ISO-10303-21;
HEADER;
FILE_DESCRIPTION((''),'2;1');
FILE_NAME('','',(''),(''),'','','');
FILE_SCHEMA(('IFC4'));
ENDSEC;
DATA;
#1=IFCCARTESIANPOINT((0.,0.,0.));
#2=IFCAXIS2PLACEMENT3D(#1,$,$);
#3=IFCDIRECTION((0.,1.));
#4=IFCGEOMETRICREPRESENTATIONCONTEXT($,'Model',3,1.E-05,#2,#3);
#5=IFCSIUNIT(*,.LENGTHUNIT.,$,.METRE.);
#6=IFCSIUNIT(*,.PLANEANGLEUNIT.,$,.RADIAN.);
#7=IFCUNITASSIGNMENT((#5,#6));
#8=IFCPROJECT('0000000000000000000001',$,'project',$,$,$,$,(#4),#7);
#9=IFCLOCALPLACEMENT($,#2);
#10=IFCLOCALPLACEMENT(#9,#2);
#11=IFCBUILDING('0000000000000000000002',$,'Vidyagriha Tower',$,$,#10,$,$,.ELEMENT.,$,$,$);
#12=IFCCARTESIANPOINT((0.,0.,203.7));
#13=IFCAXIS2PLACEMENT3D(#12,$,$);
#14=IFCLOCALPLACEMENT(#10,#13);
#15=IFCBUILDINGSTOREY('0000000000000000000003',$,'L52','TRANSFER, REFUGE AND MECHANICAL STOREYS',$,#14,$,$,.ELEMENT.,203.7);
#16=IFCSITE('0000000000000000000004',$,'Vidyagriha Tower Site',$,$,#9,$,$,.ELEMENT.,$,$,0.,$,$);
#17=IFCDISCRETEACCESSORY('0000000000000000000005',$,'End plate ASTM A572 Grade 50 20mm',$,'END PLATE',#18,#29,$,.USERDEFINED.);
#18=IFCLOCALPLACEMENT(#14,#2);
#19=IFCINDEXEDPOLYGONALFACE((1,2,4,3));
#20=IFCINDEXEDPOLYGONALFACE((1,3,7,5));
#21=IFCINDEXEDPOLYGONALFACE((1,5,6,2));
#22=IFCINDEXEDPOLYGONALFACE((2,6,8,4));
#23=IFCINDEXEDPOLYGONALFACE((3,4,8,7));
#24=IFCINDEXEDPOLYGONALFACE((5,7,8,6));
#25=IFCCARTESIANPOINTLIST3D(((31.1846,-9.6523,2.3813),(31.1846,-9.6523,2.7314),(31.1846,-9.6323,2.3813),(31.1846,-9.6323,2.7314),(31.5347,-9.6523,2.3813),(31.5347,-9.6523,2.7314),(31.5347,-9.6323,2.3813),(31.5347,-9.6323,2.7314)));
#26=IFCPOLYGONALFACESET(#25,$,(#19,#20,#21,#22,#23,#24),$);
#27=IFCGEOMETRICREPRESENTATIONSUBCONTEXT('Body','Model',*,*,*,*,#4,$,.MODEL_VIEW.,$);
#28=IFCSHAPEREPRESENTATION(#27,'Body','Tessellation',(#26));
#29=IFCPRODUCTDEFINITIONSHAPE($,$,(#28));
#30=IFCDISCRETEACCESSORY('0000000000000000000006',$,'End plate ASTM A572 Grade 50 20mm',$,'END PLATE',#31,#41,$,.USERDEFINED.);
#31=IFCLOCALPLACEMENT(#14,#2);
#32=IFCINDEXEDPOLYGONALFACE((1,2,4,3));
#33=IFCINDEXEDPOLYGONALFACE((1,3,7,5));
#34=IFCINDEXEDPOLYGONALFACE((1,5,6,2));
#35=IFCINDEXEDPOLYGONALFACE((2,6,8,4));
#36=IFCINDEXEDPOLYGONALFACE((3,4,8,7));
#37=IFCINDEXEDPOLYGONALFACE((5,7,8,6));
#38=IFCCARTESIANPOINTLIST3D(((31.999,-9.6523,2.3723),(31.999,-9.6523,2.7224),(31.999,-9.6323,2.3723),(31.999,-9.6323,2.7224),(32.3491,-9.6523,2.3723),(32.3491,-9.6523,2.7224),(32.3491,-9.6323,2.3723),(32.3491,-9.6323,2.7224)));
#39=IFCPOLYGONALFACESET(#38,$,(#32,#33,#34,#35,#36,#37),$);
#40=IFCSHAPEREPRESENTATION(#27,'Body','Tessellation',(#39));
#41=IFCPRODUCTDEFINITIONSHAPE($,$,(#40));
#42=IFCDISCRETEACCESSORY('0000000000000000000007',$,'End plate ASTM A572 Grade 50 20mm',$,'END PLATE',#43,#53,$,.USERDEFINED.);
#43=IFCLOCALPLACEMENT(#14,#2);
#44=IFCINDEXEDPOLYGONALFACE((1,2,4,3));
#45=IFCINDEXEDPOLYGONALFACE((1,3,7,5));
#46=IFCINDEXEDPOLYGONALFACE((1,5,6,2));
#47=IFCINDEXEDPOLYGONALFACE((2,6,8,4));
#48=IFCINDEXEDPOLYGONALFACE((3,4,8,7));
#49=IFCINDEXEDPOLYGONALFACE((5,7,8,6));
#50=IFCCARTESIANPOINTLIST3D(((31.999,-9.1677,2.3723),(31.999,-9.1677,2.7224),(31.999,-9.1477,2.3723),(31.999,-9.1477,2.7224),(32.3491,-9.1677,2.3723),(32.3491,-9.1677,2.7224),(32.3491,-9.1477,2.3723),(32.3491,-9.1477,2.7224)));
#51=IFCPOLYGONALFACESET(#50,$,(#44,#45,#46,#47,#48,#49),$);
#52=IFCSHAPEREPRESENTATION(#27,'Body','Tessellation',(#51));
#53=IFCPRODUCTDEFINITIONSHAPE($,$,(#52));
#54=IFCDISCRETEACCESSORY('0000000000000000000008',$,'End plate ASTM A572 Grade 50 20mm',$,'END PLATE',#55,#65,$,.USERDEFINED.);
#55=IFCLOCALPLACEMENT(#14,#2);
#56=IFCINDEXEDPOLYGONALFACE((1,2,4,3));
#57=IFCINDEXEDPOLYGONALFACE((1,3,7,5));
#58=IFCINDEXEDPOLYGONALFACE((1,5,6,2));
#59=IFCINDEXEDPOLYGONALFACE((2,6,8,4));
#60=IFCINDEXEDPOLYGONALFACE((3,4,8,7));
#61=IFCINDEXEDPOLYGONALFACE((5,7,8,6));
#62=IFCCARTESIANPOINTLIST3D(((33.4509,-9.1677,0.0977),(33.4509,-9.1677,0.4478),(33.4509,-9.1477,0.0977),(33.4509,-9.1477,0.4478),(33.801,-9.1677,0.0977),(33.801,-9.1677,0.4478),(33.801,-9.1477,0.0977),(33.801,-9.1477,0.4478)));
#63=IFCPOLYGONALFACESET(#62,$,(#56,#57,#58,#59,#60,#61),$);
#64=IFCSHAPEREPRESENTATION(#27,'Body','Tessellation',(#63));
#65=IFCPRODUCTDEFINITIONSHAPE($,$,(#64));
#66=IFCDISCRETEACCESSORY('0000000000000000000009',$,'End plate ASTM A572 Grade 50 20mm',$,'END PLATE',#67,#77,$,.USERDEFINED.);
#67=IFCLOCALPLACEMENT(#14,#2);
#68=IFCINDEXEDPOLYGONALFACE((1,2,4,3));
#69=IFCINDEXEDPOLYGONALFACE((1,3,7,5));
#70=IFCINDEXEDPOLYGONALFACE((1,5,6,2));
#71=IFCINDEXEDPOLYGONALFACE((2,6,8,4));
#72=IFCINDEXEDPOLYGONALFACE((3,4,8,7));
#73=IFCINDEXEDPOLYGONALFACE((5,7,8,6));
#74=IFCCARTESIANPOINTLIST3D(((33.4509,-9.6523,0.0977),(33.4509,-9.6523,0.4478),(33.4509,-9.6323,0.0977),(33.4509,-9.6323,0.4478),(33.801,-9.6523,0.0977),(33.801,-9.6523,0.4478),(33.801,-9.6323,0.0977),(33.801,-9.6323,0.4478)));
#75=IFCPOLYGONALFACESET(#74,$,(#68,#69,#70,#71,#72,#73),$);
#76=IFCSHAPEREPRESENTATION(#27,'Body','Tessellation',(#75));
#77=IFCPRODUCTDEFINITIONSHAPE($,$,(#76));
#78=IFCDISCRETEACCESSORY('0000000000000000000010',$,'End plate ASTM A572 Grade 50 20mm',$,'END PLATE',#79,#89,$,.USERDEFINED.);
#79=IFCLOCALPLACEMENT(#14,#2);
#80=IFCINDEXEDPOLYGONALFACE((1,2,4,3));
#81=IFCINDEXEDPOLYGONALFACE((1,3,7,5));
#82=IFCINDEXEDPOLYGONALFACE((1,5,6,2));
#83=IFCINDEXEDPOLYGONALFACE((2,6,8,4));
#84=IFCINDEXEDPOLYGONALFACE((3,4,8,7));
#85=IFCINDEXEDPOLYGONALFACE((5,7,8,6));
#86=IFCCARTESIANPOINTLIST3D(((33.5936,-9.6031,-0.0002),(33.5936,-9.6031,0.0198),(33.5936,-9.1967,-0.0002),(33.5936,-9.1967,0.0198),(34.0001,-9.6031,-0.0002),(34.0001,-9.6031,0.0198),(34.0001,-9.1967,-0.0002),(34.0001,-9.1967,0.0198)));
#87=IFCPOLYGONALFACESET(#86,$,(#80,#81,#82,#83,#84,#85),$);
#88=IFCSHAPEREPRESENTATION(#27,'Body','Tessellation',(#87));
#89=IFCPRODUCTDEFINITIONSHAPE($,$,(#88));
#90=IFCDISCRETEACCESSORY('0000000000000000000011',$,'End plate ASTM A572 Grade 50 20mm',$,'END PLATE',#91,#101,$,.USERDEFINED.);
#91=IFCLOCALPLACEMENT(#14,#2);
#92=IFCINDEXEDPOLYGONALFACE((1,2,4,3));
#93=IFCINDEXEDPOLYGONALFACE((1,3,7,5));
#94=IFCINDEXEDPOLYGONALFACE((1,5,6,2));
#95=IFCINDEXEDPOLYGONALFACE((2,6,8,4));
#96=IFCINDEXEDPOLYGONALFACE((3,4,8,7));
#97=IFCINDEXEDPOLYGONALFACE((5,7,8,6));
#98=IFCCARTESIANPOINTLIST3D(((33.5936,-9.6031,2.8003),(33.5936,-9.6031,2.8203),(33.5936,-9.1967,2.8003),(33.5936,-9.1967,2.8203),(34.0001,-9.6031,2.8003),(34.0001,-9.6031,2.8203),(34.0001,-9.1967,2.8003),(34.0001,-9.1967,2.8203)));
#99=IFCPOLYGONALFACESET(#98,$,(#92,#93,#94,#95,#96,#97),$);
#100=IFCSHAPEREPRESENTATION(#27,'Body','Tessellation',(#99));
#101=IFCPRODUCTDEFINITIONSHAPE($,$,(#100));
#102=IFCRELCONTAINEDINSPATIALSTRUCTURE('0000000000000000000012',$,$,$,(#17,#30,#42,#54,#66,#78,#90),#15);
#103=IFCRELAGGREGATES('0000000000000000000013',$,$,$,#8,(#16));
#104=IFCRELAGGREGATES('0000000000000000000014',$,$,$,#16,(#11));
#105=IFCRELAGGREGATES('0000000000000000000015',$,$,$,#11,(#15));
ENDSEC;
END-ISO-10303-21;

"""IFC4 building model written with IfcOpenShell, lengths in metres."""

from ifc_helpers import new_model, si_unit, direction, frame, origin, origin_2d, place, context, subcontext, project, spatial, rectangle, extrude, element, save


model = new_model("IFC4")

# Units and contexts
model_context = context("Model", 3, precision=1e-05, world=origin(), true_north=direction((0.0, 1.0)))
body_context = subcontext(model_context, "Body", "Model", "MODEL_VIEW")
ifc_project = project(units=[si_unit("LENGTHUNIT", "METRE"), si_unit("PLANEANGLEUNIT", "RADIAN")], contexts=[model_context])

# Site, building, storey
site_placement = place(None, origin())
site = spatial("IfcSite", under=ifc_project, at=site_placement, Name="Vidyagriha Tower Site", CompositionType="ELEMENT", RefElevation=0.0)
building_placement = place(site_placement, origin())
building = spatial("IfcBuilding", under=site, at=building_placement, Name="Vidyagriha Tower", CompositionType="ELEMENT")
storey_placement = place(building_placement, frame((0.0, 0.0, 203.7)))
storey = spatial("IfcBuildingStorey", under=building, at=storey_placement, Name="L52", Description="TRANSFER, REFUGE AND MECHANICAL STOREYS", CompositionType="ELEMENT", Elevation=203.7)

# Discrete accessories
for number, where, name in (
    (1, (31.3596, -9.6423, 2.3813), "End plate ASTM A572 Grade 50 20mm"),
):
    element("IfcDiscreteAccessory", number, at=place(storey_placement, frame(where)), inside=storey, Name=name, ObjectType="END PLATE", PredefinedType="USERDEFINED", context=body_context, shape_type="SweptSolid", body=[
        extrude(rectangle(XDim=0.3501, YDim=0.02, at=origin_2d()), origin(), (0.0, 0.0, 1.0), 0.3501),
    ])
for number, where, z_axis, x_axis, name in (
    (2, (32.1741, -9.6423, 2.3723), (0.0, 0.0, 1.0), (-1.0, 0.0, 0.0), "End plate ASTM A572 Grade 50 20mm"),
    (3, (32.1741, -9.1577, 2.3723), (0.0, 0.0, 1.0), (-1.0, 0.0, 0.0), "End plate ASTM A572 Grade 50 20mm"),
):
    element("IfcDiscreteAccessory", number, at=place(storey_placement, frame(where, z_axis=z_axis, x_axis=x_axis)), inside=storey, Name=name, ObjectType="END PLATE", PredefinedType="USERDEFINED", context=body_context, shape_type="SweptSolid", body=[
        extrude(rectangle(XDim=0.3501, YDim=0.02, at=origin_2d()), origin(), (0.0, 0.0, 1.0), 0.3501),
    ])
for number, where, name in (
    (4, (33.626, -9.1577, 0.0977), "End plate ASTM A572 Grade 50 20mm"),
    (5, (33.626, -9.6423, 0.0977), "End plate ASTM A572 Grade 50 20mm"),
):
    element("IfcDiscreteAccessory", number, at=place(storey_placement, frame(where)), inside=storey, Name=name, ObjectType="END PLATE", PredefinedType="USERDEFINED", context=body_context, shape_type="SweptSolid", body=[
        extrude(rectangle(XDim=0.3501, YDim=0.02, at=origin_2d()), origin(), (0.0, 0.0, 1.0), 0.3501),
    ])
for number, where, name in (
    (6, (33.7969, -9.3999, -0.0002), "End plate ASTM A572 Grade 50 20mm"),
    (7, (33.7969, -9.3999, 2.8003), "End plate ASTM A572 Grade 50 20mm"),
):
    element("IfcDiscreteAccessory", number, at=place(storey_placement, frame(where)), inside=storey, Name=name, ObjectType="END PLATE", PredefinedType="USERDEFINED", context=body_context, shape_type="SweptSolid", body=[
        extrude(rectangle(XDim=0.4065, YDim=0.4065, at=origin_2d()), origin(), (0.0, 0.0, 1.0), 0.02),
    ])

save(model, "model.ifc")
